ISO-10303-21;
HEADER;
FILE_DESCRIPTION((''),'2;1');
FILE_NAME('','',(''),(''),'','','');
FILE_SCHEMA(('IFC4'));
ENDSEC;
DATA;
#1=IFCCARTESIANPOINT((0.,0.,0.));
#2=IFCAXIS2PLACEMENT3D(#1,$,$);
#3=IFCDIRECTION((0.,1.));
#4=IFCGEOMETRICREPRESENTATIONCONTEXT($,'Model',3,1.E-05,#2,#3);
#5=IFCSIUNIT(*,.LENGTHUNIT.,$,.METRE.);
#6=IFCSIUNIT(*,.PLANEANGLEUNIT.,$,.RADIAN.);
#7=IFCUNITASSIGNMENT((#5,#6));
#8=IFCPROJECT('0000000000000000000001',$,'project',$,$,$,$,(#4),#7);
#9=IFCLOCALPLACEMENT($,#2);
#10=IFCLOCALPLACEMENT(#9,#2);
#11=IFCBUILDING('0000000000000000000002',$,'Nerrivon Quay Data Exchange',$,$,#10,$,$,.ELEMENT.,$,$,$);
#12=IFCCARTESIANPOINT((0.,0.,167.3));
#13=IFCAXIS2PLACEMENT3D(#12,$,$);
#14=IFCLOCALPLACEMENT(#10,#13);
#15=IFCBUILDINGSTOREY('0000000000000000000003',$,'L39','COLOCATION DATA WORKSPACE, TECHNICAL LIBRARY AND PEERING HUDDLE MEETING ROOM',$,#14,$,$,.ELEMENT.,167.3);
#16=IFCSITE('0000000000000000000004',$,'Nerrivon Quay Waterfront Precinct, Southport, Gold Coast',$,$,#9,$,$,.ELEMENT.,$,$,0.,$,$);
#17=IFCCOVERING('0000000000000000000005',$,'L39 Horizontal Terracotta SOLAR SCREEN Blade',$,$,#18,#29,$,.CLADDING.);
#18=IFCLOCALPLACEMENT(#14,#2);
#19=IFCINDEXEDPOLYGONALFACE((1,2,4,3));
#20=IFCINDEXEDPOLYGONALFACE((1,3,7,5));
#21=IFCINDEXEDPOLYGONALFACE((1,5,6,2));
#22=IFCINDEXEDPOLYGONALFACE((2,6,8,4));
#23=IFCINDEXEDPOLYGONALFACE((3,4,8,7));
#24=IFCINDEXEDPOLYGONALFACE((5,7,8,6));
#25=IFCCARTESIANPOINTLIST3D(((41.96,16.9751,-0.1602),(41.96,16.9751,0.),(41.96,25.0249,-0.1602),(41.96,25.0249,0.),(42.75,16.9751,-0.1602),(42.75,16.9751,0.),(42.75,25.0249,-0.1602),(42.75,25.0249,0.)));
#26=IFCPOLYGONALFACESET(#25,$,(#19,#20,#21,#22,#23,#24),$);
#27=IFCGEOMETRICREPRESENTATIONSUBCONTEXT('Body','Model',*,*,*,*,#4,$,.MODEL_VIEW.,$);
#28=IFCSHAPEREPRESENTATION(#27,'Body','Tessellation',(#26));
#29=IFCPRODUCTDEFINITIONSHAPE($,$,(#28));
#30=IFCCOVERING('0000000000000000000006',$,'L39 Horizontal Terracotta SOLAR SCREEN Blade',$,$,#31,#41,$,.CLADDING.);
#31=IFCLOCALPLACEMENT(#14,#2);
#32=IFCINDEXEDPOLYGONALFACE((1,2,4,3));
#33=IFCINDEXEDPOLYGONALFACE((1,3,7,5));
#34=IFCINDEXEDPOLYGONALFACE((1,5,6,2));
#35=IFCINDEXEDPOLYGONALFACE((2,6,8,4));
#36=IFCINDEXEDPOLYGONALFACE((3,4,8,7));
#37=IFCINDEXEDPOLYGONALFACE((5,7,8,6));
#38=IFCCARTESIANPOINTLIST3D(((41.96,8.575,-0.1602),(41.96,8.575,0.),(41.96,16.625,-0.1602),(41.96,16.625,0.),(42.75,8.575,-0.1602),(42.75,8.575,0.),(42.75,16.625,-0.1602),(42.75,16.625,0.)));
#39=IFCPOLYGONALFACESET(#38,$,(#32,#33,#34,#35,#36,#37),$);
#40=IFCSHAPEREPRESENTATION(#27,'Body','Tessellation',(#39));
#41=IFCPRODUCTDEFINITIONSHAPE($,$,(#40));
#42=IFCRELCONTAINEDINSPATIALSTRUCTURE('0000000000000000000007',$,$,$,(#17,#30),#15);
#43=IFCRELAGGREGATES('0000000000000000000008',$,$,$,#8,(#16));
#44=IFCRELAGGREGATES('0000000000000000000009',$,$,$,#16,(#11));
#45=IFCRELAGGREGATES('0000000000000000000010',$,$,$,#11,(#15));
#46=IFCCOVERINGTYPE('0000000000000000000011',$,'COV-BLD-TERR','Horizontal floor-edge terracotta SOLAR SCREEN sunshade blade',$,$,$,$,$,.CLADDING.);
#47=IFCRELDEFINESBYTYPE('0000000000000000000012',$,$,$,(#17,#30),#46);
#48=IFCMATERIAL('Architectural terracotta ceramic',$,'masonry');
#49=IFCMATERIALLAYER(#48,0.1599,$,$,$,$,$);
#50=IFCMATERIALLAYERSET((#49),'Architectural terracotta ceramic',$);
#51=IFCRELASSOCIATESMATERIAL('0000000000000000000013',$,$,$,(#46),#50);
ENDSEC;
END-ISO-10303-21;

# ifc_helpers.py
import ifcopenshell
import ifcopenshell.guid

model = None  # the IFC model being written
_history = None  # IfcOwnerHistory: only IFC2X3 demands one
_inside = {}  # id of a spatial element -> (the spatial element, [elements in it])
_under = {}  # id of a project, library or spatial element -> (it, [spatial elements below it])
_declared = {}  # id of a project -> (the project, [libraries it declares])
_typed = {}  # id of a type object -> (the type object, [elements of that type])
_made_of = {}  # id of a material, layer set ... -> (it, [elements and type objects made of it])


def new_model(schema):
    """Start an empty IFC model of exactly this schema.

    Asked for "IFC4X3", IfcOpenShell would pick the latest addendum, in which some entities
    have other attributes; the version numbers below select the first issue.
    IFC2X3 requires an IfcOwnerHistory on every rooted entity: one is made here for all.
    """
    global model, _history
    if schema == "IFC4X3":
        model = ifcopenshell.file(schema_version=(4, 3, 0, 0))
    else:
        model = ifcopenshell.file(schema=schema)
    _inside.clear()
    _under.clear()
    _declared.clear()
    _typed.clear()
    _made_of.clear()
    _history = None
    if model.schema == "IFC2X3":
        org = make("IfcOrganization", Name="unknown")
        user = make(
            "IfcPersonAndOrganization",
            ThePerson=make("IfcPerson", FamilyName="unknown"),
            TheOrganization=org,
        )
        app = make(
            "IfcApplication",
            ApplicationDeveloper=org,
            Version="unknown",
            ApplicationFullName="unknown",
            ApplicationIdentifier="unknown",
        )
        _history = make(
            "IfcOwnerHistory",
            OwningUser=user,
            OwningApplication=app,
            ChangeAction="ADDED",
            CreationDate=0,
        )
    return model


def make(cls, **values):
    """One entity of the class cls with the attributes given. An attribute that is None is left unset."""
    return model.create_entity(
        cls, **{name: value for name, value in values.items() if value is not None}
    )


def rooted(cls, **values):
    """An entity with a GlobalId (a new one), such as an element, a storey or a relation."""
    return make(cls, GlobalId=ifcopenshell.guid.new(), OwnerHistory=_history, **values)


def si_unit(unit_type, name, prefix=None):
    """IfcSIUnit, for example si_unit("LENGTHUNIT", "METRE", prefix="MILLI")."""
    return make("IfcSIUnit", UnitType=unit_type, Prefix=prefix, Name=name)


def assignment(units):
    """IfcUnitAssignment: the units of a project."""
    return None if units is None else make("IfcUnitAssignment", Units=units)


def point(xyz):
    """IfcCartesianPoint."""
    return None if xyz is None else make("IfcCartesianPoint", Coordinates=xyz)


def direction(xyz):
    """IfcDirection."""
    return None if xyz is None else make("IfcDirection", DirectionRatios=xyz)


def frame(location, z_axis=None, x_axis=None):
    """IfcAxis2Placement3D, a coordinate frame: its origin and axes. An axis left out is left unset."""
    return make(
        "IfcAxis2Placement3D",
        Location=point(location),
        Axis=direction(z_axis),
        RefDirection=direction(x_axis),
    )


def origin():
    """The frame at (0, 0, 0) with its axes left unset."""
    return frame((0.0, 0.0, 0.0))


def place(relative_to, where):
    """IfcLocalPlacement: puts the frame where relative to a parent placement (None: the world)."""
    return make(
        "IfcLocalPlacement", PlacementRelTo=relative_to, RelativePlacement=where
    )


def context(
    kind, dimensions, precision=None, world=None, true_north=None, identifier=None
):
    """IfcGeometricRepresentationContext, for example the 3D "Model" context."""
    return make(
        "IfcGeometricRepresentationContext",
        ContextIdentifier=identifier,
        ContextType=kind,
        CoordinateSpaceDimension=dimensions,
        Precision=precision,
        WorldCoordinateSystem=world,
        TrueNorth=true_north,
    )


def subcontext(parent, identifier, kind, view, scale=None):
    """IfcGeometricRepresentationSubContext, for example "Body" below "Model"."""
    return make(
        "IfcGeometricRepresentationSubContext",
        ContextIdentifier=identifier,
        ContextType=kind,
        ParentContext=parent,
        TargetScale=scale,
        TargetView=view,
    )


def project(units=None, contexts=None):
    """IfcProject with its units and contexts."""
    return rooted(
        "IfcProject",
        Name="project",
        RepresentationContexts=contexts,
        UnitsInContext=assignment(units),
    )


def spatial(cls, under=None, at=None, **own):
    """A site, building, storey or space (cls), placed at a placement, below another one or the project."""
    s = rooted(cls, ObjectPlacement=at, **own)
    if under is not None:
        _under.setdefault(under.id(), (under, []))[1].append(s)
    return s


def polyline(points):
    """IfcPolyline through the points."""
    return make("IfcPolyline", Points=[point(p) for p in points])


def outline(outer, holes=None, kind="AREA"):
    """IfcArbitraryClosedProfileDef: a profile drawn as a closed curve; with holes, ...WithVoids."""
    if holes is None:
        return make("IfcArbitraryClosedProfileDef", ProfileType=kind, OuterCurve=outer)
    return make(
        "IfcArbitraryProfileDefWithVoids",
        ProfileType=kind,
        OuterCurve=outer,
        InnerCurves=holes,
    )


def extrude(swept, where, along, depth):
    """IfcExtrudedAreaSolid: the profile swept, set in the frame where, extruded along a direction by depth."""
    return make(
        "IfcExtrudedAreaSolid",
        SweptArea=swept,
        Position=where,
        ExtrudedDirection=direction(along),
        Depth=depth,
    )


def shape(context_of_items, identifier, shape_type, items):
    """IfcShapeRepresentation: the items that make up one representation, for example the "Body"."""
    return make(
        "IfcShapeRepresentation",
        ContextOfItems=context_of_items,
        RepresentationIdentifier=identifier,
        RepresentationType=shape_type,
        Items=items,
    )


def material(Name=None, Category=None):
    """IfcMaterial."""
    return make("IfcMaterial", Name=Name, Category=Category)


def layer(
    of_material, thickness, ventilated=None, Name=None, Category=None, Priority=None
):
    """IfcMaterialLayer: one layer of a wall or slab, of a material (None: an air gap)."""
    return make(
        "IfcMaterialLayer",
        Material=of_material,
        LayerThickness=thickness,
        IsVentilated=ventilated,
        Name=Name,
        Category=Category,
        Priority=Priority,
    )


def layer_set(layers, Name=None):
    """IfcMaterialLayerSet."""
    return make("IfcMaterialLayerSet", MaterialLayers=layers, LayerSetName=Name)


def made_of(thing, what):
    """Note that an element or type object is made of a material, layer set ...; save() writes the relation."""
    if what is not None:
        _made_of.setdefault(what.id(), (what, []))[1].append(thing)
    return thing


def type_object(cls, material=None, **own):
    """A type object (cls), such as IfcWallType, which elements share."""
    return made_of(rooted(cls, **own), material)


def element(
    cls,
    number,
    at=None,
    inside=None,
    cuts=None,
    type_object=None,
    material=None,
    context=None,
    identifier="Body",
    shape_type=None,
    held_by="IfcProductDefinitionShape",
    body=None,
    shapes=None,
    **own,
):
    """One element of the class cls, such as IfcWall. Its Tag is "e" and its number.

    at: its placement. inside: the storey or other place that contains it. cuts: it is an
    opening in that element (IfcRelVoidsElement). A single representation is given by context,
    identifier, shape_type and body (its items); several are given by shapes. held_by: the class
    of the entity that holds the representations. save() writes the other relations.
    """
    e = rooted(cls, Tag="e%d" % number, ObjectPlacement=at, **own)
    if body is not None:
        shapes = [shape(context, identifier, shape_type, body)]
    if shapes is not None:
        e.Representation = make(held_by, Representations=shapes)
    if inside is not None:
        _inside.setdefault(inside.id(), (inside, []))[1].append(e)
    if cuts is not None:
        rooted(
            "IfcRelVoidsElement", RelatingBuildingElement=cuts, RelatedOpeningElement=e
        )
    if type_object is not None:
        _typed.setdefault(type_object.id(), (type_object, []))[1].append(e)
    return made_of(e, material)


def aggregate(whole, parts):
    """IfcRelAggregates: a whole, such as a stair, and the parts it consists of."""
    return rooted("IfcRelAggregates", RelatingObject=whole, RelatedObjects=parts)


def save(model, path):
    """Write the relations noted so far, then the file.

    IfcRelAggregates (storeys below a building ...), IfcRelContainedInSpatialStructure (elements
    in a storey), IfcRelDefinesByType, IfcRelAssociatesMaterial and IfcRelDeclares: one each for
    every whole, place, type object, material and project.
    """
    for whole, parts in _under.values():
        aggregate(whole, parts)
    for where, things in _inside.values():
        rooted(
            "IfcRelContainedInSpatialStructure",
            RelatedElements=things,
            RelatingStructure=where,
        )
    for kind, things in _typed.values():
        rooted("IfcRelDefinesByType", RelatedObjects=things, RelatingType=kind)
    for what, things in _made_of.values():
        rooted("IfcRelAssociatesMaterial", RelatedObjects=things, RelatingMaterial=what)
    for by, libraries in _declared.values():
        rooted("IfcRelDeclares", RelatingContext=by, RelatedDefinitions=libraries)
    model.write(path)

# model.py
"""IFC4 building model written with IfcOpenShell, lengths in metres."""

from ifc_helpers import new_model, si_unit, direction, frame, origin, place, context, subcontext, project, spatial, polyline, outline, extrude, material, layer, layer_set, type_object, element, save


model = new_model("IFC4")

# Units and contexts
model_context = context("Model", 3, precision=1e-05, world=origin(), true_north=direction((0.0, 1.0)))
body_context = subcontext(model_context, "Body", "Model", "MODEL_VIEW")
ifc_project = project(units=[si_unit("LENGTHUNIT", "METRE"), si_unit("PLANEANGLEUNIT", "RADIAN")], contexts=[model_context])

# Site, building, storey
site_placement = place(None, origin())
site = spatial("IfcSite", under=ifc_project, at=site_placement, Name="Nerrivon Quay Waterfront Precinct, Southport, Gold Coast", CompositionType="ELEMENT", RefElevation=0.0)
building_placement = place(site_placement, origin())
building = spatial("IfcBuilding", under=site, at=building_placement, Name="Nerrivon Quay Data Exchange", CompositionType="ELEMENT")
storey_placement = place(building_placement, frame((0.0, 0.0, 167.3)))
storey = spatial("IfcBuildingStorey", under=building, at=storey_placement, Name="L39", Description="COLOCATION DATA WORKSPACE, TECHNICAL LIBRARY AND PEERING HUDDLE MEETING ROOM", CompositionType="ELEMENT", Elevation=167.3)

# Coverings
ifc_material_1 = material(Name="Architectural terracotta ceramic", Category="masonry")
ifc_layer_1 = layer(ifc_material_1, 0.1599)
ifc_layer_set_1 = layer_set([ifc_layer_1], Name="Architectural terracotta ceramic")
covering_type = type_object("IfcCoveringType", Name="COV-BLD-TERR", Description="Horizontal floor-edge terracotta SOLAR SCREEN sunshade blade", PredefinedType="CLADDING", material=ifc_layer_set_1)
covering_1_placement = place(storey_placement, frame((0.0, 0.0, -0.1602)))
element("IfcCovering", 1, at=covering_1_placement, inside=storey, type_object=covering_type, Name="L39 Horizontal Terracotta SOLAR SCREEN Blade", PredefinedType="CLADDING", context=body_context, shape_type="SweptSolid", body=[
    extrude(outline(polyline([(41.96, 25.0249), (41.96, 16.9751), (42.75, 16.9751), (42.75, 25.0249), (41.96, 25.0249)])), origin(), (0.0, 0.0, 1.0), 0.1602),
])
covering_2_placement = place(storey_placement, frame((0.0, 0.0, -0.1602)))
element("IfcCovering", 2, at=covering_2_placement, inside=storey, type_object=covering_type, Name="L39 Horizontal Terracotta SOLAR SCREEN Blade", PredefinedType="CLADDING", context=body_context, shape_type="SweptSolid", body=[
    extrude(outline(polyline([(41.96, 16.625), (41.96, 8.575), (42.75, 8.575), (42.75, 16.625), (41.96, 16.625)])), origin(), (0.0, 0.0, 1.0), 0.1602),
])

save(model, "model.ifc")
